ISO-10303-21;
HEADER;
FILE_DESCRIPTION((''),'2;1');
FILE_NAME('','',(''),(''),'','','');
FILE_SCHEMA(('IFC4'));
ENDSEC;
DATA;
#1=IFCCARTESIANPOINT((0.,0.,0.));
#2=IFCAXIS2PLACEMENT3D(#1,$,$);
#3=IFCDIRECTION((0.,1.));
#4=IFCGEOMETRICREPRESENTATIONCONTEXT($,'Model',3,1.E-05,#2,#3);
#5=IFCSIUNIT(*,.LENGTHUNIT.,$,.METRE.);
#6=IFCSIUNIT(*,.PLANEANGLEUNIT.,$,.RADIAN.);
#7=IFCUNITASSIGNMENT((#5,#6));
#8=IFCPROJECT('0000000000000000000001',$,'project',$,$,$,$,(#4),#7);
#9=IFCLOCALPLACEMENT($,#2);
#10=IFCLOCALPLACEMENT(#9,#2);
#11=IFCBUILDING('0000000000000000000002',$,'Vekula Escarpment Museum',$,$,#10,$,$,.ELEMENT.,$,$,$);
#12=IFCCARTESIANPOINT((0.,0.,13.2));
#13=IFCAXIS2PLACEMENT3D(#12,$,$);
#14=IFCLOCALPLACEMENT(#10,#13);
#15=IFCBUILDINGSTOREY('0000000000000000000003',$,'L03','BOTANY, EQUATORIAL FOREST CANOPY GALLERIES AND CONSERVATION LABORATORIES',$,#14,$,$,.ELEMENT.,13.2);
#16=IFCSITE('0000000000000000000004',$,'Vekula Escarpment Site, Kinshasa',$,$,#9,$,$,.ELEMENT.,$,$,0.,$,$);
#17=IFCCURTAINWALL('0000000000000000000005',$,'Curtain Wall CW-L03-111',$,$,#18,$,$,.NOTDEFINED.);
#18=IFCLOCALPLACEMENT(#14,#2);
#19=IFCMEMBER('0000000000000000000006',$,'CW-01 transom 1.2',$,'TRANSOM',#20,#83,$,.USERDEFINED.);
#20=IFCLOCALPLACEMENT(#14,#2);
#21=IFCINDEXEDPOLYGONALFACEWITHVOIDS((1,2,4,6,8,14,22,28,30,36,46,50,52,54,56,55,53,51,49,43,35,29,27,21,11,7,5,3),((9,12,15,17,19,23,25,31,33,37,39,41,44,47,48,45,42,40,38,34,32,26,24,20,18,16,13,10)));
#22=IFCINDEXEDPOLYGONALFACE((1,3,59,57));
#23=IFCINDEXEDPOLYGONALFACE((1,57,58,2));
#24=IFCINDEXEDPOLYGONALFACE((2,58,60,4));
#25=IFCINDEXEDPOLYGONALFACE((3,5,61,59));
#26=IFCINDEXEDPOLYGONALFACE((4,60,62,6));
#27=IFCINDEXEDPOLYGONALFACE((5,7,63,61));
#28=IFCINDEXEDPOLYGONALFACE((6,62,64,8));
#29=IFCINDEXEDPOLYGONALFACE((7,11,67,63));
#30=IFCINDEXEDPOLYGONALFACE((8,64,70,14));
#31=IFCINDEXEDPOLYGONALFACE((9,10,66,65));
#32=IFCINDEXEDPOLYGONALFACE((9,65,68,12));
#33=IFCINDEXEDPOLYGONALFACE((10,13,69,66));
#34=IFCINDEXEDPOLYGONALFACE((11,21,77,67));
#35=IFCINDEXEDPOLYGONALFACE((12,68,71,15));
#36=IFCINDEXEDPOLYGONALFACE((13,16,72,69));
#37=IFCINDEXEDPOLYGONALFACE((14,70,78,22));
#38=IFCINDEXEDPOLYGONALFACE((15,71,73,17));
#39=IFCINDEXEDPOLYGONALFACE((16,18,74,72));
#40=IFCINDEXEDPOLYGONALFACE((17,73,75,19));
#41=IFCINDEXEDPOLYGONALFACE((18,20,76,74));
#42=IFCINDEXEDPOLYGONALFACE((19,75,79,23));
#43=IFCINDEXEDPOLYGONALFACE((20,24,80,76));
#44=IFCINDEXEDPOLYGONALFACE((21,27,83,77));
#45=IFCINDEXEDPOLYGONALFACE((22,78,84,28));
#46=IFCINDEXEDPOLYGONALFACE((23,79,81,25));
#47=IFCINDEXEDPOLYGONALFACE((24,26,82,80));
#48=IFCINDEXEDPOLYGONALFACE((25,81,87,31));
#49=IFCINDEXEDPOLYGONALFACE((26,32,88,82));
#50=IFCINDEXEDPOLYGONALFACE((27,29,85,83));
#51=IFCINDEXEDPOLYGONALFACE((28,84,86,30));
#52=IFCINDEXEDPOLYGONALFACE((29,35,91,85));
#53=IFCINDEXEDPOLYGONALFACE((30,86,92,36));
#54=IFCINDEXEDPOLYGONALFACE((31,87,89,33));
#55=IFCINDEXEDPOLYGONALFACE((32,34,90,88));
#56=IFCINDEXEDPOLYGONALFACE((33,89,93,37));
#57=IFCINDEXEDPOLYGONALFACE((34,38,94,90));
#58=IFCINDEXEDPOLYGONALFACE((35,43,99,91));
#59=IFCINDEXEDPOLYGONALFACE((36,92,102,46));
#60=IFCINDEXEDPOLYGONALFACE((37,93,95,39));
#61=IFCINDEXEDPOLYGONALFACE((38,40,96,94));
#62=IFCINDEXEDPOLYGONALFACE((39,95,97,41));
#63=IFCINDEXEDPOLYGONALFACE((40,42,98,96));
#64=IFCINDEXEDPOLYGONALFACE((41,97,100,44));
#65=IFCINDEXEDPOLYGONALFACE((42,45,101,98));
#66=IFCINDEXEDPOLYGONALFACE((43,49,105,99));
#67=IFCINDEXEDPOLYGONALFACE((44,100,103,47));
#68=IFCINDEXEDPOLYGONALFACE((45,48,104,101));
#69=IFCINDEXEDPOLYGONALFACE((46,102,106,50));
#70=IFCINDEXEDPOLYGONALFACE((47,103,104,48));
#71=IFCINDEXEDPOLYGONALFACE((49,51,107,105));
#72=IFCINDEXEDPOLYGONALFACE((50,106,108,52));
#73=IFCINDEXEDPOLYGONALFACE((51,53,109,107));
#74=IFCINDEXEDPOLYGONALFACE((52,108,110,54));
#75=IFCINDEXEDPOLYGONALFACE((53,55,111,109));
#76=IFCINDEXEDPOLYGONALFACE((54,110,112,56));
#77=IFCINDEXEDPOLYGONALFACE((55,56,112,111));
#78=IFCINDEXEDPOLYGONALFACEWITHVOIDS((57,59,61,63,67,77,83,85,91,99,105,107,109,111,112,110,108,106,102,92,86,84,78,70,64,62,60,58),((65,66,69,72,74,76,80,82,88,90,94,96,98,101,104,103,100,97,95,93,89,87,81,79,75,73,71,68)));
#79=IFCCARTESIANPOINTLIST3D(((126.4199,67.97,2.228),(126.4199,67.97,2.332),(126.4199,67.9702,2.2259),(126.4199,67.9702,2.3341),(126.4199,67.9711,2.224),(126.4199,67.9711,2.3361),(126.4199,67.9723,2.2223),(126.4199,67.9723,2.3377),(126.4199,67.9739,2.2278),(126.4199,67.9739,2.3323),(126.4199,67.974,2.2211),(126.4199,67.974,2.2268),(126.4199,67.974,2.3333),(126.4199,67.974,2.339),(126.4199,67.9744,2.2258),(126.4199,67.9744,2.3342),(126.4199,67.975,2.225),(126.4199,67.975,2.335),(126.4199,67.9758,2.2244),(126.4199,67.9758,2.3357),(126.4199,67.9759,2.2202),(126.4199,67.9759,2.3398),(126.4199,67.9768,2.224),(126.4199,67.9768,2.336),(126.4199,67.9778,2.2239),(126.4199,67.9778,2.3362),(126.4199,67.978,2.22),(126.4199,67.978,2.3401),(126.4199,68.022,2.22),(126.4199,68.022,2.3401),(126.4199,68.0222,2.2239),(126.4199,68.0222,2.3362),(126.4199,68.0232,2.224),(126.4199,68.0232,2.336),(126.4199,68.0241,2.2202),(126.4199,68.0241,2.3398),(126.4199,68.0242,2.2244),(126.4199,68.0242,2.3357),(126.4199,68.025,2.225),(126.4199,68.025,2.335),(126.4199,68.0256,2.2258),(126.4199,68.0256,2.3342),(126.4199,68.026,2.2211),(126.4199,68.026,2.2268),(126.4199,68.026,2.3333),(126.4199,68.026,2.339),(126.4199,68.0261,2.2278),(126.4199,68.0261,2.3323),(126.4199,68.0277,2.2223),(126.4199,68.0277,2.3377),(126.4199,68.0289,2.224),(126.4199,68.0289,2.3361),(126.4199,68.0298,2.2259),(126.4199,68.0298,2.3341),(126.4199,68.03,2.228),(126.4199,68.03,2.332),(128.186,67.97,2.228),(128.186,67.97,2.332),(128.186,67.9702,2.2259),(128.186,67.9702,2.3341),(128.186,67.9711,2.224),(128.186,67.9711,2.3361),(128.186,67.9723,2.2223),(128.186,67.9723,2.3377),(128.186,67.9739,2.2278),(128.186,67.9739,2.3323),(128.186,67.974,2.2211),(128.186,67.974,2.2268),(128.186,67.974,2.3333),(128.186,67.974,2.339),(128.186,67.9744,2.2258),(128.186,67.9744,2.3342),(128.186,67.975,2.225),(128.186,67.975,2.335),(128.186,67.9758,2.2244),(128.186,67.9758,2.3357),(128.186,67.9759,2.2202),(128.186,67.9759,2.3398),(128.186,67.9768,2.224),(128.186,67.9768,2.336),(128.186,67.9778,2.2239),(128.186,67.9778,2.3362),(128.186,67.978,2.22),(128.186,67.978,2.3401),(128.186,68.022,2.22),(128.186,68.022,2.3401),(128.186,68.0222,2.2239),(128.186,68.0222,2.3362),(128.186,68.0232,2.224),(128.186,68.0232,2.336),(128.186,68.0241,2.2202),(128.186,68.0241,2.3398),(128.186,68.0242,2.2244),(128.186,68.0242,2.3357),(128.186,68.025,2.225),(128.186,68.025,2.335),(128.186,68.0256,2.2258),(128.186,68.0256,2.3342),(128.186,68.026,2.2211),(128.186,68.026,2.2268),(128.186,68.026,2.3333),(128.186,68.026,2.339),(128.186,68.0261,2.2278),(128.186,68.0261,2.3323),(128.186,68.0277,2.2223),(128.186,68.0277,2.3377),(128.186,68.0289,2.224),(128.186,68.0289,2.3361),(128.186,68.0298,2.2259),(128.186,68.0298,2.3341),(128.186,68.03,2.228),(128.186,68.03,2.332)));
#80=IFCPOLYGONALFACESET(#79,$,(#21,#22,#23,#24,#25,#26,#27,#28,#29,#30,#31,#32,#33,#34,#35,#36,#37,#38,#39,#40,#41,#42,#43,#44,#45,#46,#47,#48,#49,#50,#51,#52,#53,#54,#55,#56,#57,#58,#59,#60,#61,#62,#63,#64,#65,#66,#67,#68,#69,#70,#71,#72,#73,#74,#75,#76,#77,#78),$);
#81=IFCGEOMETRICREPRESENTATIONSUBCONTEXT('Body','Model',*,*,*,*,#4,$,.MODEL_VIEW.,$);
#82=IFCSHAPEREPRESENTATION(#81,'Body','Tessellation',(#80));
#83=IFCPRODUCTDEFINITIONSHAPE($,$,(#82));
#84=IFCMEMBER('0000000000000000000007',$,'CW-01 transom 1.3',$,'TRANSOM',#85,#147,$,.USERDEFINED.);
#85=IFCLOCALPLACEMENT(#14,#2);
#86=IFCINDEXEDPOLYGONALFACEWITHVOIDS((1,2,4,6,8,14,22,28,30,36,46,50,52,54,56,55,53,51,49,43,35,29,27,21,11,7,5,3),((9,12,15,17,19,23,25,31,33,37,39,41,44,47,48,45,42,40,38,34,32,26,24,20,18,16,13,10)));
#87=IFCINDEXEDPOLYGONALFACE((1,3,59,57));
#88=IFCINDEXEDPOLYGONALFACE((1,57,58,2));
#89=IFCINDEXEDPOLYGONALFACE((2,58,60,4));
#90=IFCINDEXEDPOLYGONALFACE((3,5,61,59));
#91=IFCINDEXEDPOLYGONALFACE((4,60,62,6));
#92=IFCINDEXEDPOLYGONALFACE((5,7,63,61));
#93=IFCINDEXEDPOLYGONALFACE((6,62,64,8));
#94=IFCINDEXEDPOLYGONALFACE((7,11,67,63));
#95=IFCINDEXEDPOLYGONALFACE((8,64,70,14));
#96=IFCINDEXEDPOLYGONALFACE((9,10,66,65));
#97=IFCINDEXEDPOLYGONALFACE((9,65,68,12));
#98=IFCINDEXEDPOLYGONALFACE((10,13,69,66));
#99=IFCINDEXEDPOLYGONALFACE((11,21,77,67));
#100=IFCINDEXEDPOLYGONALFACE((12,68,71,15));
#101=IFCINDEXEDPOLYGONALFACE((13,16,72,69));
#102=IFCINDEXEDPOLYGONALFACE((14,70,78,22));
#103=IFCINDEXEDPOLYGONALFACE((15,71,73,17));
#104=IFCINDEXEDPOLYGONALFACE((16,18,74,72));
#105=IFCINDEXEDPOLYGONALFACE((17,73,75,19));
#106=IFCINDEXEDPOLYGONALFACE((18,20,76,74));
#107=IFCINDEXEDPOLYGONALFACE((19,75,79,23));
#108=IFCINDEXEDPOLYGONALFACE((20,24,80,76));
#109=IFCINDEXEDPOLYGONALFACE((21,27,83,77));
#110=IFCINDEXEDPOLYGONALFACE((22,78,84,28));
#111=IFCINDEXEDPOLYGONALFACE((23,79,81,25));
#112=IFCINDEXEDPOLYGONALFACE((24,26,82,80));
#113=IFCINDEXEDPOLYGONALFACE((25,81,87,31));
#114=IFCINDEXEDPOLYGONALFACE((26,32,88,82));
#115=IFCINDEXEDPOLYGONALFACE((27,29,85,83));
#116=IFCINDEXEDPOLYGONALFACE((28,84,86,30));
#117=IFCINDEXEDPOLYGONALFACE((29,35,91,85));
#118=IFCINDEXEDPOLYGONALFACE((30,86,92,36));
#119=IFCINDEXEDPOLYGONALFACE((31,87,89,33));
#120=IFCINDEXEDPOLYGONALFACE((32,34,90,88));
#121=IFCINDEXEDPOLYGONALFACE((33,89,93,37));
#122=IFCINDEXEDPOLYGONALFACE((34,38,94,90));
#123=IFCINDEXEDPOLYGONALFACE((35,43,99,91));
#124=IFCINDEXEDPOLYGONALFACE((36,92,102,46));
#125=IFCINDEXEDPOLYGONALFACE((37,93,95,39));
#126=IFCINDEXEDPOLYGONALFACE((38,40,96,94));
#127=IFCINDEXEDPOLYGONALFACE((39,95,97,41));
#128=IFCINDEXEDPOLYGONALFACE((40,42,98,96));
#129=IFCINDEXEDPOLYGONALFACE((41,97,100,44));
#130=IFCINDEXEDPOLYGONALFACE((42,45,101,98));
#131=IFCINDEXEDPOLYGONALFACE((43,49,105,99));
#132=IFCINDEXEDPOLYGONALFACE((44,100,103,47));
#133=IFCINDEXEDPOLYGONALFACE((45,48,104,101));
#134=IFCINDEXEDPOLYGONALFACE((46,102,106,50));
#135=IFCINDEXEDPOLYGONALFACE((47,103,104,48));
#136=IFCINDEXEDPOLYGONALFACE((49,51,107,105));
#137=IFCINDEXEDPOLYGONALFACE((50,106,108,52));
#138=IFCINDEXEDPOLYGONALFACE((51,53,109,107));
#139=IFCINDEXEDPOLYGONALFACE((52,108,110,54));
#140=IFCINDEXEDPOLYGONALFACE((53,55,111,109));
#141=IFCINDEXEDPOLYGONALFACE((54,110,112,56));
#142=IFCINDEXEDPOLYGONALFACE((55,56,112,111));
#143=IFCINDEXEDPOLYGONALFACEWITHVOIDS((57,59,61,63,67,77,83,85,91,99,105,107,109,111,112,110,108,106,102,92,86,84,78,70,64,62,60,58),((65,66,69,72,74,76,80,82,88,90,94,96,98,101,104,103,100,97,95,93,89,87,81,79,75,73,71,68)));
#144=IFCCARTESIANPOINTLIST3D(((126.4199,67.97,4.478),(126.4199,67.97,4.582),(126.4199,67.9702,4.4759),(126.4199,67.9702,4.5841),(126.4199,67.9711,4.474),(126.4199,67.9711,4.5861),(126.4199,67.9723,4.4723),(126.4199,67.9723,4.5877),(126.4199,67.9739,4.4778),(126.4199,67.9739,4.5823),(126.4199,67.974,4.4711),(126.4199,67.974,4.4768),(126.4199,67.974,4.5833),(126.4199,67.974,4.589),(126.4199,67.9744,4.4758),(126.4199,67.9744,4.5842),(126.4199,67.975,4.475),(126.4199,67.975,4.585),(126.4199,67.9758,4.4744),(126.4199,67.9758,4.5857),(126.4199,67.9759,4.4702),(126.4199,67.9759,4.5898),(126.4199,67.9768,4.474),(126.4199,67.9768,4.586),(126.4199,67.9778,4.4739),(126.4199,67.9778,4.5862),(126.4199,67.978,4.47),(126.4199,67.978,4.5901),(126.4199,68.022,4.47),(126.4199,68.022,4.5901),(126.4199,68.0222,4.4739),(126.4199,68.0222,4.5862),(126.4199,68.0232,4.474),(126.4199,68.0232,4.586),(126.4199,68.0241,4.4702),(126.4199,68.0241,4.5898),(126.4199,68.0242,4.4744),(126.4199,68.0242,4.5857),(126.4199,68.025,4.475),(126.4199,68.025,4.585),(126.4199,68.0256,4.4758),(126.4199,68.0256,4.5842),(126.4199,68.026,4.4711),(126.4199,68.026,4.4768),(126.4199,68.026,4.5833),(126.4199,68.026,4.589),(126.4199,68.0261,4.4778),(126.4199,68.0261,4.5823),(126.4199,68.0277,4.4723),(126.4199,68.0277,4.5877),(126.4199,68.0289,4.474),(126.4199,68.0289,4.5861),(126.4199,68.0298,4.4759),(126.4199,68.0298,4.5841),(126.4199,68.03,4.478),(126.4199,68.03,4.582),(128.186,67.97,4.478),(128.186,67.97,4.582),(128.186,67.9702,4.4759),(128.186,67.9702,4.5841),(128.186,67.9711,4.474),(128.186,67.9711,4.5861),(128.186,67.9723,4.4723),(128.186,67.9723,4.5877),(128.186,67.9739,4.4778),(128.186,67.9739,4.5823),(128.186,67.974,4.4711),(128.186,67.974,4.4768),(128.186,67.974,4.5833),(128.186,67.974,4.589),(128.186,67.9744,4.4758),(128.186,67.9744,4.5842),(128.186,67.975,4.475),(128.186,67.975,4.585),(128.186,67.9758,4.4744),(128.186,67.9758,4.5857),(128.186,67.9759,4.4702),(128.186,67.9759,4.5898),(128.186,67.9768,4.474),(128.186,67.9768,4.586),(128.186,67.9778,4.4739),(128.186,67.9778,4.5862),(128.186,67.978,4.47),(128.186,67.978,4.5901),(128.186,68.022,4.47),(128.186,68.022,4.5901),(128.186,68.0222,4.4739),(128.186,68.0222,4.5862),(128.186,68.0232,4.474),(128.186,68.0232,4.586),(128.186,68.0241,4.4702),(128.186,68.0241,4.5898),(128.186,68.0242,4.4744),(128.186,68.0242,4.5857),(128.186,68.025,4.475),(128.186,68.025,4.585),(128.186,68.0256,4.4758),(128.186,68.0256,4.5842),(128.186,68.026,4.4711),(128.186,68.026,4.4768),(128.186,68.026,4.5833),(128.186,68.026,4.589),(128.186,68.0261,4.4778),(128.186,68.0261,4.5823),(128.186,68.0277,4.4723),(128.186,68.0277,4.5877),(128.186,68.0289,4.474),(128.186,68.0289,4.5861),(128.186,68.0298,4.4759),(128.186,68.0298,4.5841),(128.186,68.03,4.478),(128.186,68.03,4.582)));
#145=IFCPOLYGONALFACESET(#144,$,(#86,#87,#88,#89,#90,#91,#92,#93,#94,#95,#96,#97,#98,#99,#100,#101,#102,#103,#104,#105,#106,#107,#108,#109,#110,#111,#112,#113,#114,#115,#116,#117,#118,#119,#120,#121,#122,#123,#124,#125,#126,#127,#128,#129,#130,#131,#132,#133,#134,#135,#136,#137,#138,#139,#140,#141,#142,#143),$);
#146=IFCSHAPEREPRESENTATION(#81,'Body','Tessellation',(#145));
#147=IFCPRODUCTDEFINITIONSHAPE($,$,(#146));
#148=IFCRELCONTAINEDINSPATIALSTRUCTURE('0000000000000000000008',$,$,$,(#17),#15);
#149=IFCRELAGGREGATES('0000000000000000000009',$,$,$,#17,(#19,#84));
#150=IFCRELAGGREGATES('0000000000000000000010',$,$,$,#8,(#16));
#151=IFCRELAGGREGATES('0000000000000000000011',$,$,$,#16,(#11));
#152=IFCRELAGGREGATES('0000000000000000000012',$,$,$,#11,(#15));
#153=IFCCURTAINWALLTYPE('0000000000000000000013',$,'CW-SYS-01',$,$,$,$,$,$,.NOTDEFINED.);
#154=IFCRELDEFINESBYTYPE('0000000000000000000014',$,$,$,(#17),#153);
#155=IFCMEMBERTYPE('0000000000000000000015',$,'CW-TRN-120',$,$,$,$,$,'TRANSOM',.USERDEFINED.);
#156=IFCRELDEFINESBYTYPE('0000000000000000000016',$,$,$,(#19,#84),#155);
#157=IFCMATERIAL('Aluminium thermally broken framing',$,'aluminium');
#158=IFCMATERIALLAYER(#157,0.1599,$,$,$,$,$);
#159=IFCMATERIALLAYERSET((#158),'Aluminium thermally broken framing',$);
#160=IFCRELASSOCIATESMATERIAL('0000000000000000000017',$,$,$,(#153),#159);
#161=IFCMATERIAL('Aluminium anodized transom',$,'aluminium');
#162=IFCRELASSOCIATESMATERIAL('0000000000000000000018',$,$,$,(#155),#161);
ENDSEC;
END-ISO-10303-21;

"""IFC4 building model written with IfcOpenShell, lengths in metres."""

from ifc_helpers import new_model, si_unit, direction, frame, origin, origin_2d, place, context, subcontext, project, spatial, hollow_rectangle, extrude, material, layer, layer_set, material_profile, profile_set, type_object, element, aggregate, save


model = new_model("IFC4")

# Units and contexts
model_context = context("Model", 3, precision=1e-05, world=origin(), true_north=direction((0.0, 1.0)))
body_context = subcontext(model_context, "Body", "Model", "MODEL_VIEW")
ifc_project = project(units=[si_unit("LENGTHUNIT", "METRE"), si_unit("PLANEANGLEUNIT", "RADIAN")], contexts=[model_context])

# Site, building, storey
site_placement = place(None, origin())
site = spatial("IfcSite", under=ifc_project, at=site_placement, Name="Vekula Escarpment Site, Kinshasa", CompositionType="ELEMENT", RefElevation=0.0)
building_placement = place(site_placement, origin())
building = spatial("IfcBuilding", under=site, at=building_placement, Name="Vekula Escarpment Museum", CompositionType="ELEMENT")
storey_placement = place(building_placement, frame((0.0, 0.0, 13.2)))
storey = spatial("IfcBuildingStorey", under=building, at=storey_placement, Name="L03", Description="BOTANY, EQUATORIAL FOREST CANOPY GALLERIES AND CONSERVATION LABORATORIES", CompositionType="ELEMENT", Elevation=13.2)

# Curtain wall, members
ifc_material_1 = material(Name="Aluminium thermally broken framing", Category="aluminium")
ifc_layer_1 = layer(ifc_material_1, 0.1599)
ifc_layer_set_1 = layer_set([ifc_layer_1], Name="Aluminium thermally broken framing")
curtain_wall_type = type_object("IfcCurtainWallType", Name="CW-SYS-01", PredefinedType="NOTDEFINED", material=ifc_layer_set_1)
curtain_wall_placement = place(storey_placement, origin())
curtain_wall = element("IfcCurtainWall", 1, at=curtain_wall_placement, inside=storey, type_object=curtain_wall_type, Name="Curtain Wall CW-L03-111", PredefinedType="NOTDEFINED")
ifc_material_2 = material(Name="Aluminium anodized transom", Category="aluminium")
ifc_material_profile_1 = material_profile(ifc_material_2, hollow_rectangle(XDim=0.0601, YDim=0.1201, WallThickness=0.0039, InnerFilletRadius=0.0039, OuterFilletRadius=0.0081, at=origin_2d()), Name="ALU 120x60x4")
ifc_profile_set_1 = profile_set([ifc_material_profile_1], Name="Aluminium anodized transom")
member_type_1 = type_object("IfcMemberType", Name="CW-TRN-120", ElementType="TRANSOM", PredefinedType="USERDEFINED", material=ifc_profile_set_1)
member_1_placement = place(storey_placement, frame((126.4199, 68.0, 2.28), z_axis=(1.0, 0.0, 0.0), x_axis=(0.0, 1.0, 0.0)))
member_1 = element("IfcMember", 2, at=member_1_placement, type_object=member_type_1, Name="CW-01 transom 1.2", ObjectType="TRANSOM", PredefinedType="USERDEFINED", context=body_context, shape_type="SweptSolid", body=[
    extrude(hollow_rectangle(XDim=0.0601, YDim=0.1201, WallThickness=0.0039, InnerFilletRadius=0.0039, OuterFilletRadius=0.0081, at=origin_2d()), origin(), (0.0, 0.0, 1.0), 1.7661),
])
member_2_placement = place(storey_placement, frame((126.4199, 68.0, 4.53), z_axis=(1.0, 0.0, 0.0), x_axis=(0.0, 1.0, 0.0)))
member_2 = element("IfcMember", 3, at=member_2_placement, type_object=member_type_1, Name="CW-01 transom 1.3", ObjectType="TRANSOM", PredefinedType="USERDEFINED", context=body_context, shape_type="SweptSolid", body=[
    extrude(hollow_rectangle(XDim=0.0601, YDim=0.1201, WallThickness=0.0039, InnerFilletRadius=0.0039, OuterFilletRadius=0.0081, at=origin_2d()), origin(), (0.0, 0.0, 1.0), 1.7661),
])
aggregate(curtain_wall, [member_1, member_2])

save(model, "model.ifc")
